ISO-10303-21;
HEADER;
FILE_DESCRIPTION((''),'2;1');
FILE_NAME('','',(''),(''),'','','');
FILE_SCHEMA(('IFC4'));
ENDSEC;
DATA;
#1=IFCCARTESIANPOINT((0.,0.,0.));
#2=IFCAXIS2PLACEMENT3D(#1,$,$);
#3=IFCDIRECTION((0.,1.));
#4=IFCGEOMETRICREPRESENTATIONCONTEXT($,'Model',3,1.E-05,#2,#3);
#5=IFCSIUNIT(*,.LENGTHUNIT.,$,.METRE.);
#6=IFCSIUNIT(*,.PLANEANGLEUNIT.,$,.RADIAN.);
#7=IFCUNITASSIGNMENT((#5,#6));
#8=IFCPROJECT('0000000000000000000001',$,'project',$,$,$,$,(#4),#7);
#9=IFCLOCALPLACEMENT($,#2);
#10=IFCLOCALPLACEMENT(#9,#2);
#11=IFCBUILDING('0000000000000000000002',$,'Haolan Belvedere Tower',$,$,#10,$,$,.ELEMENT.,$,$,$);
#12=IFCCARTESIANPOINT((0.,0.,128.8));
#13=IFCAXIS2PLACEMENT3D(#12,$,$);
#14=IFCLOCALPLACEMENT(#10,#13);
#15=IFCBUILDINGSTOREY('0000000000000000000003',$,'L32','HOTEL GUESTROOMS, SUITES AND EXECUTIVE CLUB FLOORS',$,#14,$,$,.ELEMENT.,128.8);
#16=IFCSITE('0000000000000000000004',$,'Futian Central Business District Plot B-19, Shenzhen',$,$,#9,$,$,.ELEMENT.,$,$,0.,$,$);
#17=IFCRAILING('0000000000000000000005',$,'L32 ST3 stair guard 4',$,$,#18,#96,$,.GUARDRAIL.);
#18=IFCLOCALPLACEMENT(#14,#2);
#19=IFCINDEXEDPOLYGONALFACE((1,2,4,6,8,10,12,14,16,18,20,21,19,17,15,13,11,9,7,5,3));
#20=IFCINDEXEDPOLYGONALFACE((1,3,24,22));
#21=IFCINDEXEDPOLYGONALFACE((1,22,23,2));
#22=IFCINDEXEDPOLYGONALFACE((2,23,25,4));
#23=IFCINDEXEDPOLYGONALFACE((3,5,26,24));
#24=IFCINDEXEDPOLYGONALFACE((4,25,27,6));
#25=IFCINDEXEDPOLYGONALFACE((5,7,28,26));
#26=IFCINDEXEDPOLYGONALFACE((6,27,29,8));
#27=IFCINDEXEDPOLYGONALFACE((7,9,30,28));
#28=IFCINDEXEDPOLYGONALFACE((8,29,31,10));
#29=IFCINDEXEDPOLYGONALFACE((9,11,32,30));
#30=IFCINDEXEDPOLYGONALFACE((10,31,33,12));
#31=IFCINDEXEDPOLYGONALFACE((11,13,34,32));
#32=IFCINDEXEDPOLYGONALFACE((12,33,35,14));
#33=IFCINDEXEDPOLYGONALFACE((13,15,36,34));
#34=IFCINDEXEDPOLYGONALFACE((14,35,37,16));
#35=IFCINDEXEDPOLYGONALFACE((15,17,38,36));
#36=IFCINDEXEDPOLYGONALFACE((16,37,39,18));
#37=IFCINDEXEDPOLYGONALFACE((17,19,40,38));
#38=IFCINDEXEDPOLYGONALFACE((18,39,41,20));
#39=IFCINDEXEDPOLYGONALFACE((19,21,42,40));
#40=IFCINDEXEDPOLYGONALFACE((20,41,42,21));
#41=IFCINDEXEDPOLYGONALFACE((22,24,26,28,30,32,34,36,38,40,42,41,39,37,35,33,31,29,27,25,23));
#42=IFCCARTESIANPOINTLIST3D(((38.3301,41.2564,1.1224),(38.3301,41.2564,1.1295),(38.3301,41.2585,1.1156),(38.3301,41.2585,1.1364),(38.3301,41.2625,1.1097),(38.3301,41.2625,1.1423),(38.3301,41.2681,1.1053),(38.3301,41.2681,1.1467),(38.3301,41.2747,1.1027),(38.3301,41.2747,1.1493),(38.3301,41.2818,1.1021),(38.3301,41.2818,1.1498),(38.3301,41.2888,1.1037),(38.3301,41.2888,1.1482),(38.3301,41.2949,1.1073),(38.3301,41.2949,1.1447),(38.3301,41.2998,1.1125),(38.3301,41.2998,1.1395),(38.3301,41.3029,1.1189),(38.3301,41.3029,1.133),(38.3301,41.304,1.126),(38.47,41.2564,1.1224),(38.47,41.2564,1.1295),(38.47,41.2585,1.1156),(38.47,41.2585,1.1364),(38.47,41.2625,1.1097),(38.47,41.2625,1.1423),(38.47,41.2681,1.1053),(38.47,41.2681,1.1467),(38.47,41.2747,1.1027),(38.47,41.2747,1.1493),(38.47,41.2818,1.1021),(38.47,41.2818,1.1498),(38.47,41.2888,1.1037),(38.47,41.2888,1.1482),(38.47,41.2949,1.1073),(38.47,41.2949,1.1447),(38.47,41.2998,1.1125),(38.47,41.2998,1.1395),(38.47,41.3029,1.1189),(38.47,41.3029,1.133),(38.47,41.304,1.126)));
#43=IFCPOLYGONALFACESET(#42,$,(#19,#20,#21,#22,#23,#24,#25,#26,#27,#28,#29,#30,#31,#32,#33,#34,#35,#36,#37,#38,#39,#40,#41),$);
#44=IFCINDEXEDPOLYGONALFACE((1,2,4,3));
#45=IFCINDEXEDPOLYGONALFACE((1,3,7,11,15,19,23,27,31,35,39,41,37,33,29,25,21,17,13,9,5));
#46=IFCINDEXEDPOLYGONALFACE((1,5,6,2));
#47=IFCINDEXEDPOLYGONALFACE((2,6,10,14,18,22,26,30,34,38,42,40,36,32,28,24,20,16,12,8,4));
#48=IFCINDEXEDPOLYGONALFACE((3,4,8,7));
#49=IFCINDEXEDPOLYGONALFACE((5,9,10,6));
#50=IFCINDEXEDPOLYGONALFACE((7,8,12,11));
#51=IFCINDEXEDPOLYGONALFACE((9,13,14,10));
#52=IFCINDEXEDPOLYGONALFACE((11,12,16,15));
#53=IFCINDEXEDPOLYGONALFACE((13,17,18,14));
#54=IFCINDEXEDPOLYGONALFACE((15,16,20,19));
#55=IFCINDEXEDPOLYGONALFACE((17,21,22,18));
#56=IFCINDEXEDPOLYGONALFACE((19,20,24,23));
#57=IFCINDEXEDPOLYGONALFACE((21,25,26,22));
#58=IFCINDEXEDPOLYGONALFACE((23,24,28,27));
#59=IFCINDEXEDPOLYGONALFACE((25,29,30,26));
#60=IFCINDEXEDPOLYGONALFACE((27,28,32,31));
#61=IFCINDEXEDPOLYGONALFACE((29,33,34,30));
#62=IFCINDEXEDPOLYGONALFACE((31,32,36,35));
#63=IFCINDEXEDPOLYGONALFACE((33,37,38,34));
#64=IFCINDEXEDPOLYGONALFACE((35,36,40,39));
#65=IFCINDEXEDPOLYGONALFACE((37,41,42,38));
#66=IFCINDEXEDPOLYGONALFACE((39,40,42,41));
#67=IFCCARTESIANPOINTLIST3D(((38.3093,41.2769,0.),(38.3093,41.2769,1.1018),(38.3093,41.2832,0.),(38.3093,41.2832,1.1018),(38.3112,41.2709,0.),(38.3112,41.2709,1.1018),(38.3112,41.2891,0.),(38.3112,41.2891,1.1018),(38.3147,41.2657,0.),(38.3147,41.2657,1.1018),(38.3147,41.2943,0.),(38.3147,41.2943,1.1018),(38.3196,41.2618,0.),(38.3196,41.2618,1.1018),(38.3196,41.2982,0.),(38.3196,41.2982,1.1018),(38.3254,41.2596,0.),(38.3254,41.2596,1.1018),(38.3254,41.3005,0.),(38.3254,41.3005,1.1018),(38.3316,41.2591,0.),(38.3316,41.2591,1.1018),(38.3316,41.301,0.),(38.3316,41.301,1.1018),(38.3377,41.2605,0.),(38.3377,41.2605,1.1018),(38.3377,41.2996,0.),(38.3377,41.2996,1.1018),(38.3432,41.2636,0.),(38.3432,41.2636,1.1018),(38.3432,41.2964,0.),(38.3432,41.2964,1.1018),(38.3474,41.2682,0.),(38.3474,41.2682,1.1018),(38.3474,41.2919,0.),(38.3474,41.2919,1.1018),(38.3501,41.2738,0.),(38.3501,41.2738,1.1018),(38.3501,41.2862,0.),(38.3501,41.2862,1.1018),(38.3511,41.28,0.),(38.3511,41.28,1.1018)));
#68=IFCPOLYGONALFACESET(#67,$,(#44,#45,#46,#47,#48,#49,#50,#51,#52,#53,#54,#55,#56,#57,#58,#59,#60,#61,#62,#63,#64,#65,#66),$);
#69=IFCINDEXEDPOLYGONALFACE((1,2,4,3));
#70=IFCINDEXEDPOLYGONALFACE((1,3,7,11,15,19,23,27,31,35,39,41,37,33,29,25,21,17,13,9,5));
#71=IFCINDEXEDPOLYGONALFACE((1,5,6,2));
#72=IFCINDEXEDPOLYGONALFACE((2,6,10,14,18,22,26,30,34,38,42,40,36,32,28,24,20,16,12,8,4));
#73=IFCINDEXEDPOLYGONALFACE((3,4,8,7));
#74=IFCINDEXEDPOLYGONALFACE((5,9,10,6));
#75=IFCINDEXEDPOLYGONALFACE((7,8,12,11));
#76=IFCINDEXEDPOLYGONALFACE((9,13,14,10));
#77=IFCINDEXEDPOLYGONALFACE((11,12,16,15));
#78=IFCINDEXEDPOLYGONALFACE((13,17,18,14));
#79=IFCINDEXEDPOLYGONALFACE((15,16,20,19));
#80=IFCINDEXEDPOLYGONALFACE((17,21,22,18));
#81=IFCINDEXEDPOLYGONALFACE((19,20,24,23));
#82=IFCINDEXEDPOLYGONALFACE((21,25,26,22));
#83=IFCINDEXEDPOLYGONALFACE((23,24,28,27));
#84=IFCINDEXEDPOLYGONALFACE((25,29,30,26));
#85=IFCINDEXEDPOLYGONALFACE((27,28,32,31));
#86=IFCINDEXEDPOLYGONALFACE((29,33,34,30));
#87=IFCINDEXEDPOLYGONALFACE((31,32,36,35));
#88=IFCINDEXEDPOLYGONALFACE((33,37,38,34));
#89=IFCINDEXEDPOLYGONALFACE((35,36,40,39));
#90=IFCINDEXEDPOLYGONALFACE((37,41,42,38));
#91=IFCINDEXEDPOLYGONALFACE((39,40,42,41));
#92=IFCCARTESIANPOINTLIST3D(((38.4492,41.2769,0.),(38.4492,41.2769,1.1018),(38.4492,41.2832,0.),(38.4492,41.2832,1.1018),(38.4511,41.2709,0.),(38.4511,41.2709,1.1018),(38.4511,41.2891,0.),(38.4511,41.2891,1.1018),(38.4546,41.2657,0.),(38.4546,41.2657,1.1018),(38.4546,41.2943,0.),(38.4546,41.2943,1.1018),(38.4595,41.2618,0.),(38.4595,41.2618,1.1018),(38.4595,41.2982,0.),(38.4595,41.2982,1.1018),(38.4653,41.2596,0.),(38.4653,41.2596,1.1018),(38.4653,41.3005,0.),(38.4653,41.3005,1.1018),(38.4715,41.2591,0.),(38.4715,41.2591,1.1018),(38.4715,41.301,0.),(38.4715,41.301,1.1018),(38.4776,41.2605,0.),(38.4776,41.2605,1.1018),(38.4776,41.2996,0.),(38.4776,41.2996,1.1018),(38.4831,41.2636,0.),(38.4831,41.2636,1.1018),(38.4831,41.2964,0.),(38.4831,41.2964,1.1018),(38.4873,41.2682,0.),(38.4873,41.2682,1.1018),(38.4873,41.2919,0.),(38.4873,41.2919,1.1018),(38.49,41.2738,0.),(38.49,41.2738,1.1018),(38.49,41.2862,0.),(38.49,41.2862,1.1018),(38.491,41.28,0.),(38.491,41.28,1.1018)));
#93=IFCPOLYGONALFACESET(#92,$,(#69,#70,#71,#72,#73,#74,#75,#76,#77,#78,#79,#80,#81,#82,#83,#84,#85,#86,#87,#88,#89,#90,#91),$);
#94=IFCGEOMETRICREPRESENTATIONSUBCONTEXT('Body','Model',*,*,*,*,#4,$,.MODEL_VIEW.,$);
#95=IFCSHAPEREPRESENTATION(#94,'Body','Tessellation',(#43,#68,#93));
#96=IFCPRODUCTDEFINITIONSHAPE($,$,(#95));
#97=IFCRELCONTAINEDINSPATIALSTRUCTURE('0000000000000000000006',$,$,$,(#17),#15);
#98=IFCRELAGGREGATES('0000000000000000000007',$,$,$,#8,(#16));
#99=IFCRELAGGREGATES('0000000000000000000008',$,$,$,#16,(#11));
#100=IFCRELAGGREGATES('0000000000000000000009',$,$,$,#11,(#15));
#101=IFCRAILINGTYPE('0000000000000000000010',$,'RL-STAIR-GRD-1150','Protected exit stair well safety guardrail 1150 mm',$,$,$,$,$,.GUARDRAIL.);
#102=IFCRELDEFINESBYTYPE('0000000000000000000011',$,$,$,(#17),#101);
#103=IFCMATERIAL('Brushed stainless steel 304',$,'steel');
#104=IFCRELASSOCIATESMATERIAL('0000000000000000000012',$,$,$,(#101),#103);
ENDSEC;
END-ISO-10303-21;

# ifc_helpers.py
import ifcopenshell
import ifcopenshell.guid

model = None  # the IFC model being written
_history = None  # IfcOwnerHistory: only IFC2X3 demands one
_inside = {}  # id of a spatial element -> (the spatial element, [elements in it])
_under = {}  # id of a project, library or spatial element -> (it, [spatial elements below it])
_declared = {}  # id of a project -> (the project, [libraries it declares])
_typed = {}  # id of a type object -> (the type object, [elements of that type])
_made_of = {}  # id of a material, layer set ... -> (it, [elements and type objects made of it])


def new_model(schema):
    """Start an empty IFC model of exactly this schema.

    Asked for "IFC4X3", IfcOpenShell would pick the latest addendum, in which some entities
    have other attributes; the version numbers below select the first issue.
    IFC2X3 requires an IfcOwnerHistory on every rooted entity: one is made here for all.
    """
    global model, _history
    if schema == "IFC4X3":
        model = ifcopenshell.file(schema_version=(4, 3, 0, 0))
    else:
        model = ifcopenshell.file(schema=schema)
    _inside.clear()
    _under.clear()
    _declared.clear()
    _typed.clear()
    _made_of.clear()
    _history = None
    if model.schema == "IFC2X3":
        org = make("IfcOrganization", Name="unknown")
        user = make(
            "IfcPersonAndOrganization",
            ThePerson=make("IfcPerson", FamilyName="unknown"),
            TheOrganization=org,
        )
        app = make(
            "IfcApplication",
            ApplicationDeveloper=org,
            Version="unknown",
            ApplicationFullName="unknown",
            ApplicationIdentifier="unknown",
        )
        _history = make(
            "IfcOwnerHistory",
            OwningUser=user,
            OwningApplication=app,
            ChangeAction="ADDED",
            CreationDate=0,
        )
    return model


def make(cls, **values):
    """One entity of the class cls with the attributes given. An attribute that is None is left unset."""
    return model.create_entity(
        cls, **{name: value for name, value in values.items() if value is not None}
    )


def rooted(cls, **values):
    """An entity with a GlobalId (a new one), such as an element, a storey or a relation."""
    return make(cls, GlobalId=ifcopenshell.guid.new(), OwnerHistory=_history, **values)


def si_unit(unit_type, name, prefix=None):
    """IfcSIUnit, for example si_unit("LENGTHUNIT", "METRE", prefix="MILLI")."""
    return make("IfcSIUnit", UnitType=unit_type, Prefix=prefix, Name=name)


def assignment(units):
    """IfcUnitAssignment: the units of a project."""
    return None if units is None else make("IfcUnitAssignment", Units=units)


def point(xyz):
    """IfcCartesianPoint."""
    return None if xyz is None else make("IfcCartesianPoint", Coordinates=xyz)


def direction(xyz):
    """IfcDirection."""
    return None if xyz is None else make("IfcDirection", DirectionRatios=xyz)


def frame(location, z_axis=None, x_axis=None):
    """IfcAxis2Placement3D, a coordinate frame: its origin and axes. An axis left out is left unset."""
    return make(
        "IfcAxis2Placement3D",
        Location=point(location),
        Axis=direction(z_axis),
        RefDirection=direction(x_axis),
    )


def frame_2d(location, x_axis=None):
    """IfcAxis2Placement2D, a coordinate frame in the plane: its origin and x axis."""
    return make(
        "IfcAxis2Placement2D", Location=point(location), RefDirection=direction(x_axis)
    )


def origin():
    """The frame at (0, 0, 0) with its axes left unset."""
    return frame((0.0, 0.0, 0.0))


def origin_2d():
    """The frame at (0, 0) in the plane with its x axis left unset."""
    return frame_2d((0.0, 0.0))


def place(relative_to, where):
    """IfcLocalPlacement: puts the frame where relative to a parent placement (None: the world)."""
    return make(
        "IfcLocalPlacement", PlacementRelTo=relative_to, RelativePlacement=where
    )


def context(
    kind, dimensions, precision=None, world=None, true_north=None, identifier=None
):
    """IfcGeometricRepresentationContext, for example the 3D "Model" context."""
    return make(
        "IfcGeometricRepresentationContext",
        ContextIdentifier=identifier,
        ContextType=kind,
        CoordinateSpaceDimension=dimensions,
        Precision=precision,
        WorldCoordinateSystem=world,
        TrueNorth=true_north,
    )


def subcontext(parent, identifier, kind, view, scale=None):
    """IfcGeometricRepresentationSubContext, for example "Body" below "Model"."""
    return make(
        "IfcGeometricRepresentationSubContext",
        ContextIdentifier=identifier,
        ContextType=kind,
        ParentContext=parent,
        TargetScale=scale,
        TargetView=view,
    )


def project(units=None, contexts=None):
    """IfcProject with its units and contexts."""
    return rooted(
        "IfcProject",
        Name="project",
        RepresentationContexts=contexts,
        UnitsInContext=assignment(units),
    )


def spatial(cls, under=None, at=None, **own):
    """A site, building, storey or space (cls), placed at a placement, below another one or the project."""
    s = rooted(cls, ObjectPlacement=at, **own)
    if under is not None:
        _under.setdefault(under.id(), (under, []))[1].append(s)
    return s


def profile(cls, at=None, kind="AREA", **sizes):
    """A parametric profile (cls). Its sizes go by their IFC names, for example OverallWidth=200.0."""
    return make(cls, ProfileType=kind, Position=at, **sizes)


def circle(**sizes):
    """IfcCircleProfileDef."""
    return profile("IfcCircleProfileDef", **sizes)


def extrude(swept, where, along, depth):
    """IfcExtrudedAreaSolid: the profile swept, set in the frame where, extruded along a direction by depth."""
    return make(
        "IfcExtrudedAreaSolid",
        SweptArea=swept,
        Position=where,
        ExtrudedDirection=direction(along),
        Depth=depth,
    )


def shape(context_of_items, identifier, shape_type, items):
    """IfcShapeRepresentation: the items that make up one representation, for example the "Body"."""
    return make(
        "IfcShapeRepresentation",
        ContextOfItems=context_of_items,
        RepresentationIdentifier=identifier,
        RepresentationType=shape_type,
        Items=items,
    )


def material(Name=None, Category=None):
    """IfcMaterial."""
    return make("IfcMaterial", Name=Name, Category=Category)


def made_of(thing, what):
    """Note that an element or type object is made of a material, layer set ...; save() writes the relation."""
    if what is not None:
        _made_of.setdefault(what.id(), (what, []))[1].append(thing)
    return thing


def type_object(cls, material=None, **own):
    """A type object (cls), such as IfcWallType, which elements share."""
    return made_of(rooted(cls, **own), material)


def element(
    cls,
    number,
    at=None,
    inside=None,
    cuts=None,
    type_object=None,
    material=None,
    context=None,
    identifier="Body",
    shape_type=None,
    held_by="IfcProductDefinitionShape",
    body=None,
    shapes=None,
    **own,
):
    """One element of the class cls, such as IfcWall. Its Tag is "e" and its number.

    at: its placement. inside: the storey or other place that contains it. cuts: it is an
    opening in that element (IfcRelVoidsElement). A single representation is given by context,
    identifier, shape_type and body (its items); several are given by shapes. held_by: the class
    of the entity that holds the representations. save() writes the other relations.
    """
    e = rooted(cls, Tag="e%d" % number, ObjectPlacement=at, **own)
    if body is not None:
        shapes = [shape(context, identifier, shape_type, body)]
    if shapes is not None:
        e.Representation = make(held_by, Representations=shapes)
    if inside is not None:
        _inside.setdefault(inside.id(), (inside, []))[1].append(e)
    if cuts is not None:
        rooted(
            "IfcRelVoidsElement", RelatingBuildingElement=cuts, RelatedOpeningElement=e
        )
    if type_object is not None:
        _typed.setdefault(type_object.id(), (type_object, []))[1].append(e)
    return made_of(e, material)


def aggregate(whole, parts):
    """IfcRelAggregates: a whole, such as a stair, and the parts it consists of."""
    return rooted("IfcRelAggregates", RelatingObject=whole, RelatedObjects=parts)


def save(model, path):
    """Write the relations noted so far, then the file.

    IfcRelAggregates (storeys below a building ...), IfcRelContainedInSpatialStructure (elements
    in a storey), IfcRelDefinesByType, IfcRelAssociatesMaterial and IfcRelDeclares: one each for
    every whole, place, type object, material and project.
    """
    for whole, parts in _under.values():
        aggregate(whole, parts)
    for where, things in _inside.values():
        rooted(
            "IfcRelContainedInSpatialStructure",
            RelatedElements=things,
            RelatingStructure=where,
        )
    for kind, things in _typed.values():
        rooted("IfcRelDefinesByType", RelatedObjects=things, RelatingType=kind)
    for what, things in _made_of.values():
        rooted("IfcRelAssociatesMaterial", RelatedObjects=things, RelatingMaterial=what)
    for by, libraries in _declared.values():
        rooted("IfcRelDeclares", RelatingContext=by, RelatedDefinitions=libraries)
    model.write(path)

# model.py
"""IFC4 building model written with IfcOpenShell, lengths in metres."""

from ifc_helpers import new_model, si_unit, direction, frame, origin, origin_2d, place, context, subcontext, project, spatial, circle, extrude, material, type_object, element, save


model = new_model("IFC4")

# Units and contexts
model_context = context("Model", 3, precision=1e-05, world=origin(), true_north=direction((0.0, 1.0)))
body_context = subcontext(model_context, "Body", "Model", "MODEL_VIEW")
ifc_project = project(units=[si_unit("LENGTHUNIT", "METRE"), si_unit("PLANEANGLEUNIT", "RADIAN")], contexts=[model_context])

# Site, building, storey
site_placement = place(None, origin())
site = spatial("IfcSite", under=ifc_project, at=site_placement, Name="Futian Central Business District Plot B-19, Shenzhen", CompositionType="ELEMENT", RefElevation=0.0)
building_placement = place(site_placement, origin())
building = spatial("IfcBuilding", under=site, at=building_placement, Name="Haolan Belvedere Tower", CompositionType="ELEMENT")
storey_placement = place(building_placement, frame((0.0, 0.0, 128.8)))
storey = spatial("IfcBuildingStorey", under=building, at=storey_placement, Name="L32", Description="HOTEL GUESTROOMS, SUITES AND EXECUTIVE CLUB FLOORS", CompositionType="ELEMENT", Elevation=128.8)

# Railing
ifc_material_1 = material(Name="Brushed stainless steel 304", Category="steel")
railing_type_1 = type_object("IfcRailingType", Name="RL-STAIR-GRD-1150", Description="Protected exit stair well safety guardrail 1150 mm", PredefinedType="GUARDRAIL", material=ifc_material_1)
railing_1_placement = place(storey_placement, frame((38.3301, 41.28, 0.0)))
element("IfcRailing", 1, at=railing_1_placement, inside=storey, type_object=railing_type_1, Name="L32 ST3 stair guard 4", PredefinedType="GUARDRAIL", context=body_context, shape_type="SweptSolid", body=[
    extrude(circle(Radius=0.0239, at=origin_2d()), frame((0.0, 0.0, 1.126), z_axis=(1.0, 0.0, 0.0), x_axis=(0.0, 1.0, 0.0)), (0.0, 0.0, 1.0), 0.1399),
    extrude(circle(Radius=0.021, at=origin_2d()), origin(), (0.0, 0.0, 1.0), 1.1018),
    extrude(circle(Radius=0.021, at=origin_2d()), frame((0.1399, 0.0, 0.0)), (0.0, 0.0, 1.0), 1.1018),
])

save(model, "model.ifc")
